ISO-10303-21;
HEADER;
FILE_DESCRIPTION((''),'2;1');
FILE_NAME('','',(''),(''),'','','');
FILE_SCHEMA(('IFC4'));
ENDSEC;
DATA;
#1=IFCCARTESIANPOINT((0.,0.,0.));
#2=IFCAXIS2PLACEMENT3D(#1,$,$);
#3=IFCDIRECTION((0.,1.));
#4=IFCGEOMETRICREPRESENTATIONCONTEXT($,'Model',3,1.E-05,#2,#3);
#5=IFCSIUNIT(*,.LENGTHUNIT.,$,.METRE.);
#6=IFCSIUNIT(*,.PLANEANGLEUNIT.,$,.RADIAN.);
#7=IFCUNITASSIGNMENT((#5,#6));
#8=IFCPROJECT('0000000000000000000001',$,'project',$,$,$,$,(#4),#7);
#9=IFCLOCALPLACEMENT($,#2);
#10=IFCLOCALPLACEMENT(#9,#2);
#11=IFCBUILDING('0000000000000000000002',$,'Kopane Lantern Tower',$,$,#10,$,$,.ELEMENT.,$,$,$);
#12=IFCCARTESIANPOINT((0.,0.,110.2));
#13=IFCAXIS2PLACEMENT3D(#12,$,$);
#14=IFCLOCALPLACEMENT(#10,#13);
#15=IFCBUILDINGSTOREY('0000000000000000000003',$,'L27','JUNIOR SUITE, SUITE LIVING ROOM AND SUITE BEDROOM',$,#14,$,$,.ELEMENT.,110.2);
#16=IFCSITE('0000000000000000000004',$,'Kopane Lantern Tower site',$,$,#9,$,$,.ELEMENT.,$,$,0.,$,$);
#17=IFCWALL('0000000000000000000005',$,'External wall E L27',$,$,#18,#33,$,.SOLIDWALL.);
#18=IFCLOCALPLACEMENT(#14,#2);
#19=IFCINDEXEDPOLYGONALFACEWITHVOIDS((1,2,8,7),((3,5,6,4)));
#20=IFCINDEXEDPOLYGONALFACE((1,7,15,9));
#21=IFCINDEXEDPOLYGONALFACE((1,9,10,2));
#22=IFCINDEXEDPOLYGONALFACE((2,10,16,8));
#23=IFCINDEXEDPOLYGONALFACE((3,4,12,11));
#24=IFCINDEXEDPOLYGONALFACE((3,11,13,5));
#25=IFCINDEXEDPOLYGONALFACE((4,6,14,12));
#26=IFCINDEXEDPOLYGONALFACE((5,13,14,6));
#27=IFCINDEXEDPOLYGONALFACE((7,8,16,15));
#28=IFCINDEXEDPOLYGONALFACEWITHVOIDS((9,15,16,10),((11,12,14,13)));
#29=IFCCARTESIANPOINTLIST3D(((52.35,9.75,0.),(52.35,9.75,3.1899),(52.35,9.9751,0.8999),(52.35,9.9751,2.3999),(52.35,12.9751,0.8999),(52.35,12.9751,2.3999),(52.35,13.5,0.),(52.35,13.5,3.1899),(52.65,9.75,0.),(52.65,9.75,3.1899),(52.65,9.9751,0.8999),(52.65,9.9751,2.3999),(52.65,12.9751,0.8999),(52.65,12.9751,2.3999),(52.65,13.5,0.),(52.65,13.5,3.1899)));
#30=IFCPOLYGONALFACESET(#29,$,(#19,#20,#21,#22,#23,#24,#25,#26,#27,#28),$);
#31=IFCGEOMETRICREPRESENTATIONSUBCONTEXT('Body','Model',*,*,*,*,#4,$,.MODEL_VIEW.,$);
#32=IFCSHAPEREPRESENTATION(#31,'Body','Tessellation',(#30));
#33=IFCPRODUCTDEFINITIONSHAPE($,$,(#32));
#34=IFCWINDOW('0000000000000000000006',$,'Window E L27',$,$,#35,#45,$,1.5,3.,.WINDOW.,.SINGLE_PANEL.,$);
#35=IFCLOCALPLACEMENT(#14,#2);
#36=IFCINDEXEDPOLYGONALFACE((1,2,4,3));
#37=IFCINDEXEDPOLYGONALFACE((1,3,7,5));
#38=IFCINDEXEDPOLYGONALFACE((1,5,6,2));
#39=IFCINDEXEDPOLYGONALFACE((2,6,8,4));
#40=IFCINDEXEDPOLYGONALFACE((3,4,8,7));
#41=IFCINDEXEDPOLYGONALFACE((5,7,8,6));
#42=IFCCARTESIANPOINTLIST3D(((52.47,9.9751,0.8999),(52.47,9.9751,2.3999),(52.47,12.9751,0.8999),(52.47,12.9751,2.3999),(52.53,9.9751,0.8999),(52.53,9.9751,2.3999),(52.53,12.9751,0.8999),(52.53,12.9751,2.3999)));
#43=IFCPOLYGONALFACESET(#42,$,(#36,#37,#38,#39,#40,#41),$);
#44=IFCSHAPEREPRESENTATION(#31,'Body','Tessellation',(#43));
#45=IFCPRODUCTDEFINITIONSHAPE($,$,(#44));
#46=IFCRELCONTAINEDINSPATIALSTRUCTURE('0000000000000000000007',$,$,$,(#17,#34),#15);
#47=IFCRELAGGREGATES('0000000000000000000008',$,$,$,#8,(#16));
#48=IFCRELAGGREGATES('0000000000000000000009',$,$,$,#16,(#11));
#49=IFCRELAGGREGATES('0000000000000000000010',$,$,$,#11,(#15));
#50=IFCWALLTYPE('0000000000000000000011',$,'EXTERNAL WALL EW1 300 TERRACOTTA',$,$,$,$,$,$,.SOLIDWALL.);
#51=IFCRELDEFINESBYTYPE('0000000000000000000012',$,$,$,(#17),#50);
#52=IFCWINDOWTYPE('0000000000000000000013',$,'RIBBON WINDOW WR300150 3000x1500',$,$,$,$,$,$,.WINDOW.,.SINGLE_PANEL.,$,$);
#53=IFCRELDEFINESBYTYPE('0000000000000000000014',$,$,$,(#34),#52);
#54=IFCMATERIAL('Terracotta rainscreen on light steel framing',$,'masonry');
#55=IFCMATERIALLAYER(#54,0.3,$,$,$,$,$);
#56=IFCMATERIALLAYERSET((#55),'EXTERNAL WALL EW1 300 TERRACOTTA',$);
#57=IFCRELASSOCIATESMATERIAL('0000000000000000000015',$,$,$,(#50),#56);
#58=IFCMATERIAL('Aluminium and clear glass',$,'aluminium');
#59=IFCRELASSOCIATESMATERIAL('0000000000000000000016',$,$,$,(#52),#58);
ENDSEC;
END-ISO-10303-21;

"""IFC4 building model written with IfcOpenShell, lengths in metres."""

from ifc_helpers import new_model, si_unit, direction, frame, frame_2d, origin, place, context, subcontext, project, spatial, rectangle, extrude, material, layer, layer_set, type_object, element, fill, save


model = new_model("IFC4")

# Units and contexts
model_context = context("Model", 3, precision=1e-05, world=origin(), true_north=direction((0.0, 1.0)))
body_context = subcontext(model_context, "Body", "Model", "MODEL_VIEW")
ifc_project = project(units=[si_unit("LENGTHUNIT", "METRE"), si_unit("PLANEANGLEUNIT", "RADIAN")], contexts=[model_context])

# Site, building, storey
site_placement = place(None, origin())
site = spatial("IfcSite", under=ifc_project, at=site_placement, Name="Kopane Lantern Tower site", CompositionType="ELEMENT", RefElevation=0.0)
building_placement = place(site_placement, origin())
building = spatial("IfcBuilding", under=site, at=building_placement, Name="Kopane Lantern Tower", CompositionType="ELEMENT")
storey_placement = place(building_placement, frame((0.0, 0.0, 110.2)))
storey = spatial("IfcBuildingStorey", under=building, at=storey_placement, Name="L27", Description="JUNIOR SUITE, SUITE LIVING ROOM AND SUITE BEDROOM", CompositionType="ELEMENT", Elevation=110.2)

# Wall, opening, window
ifc_material_1 = material(Name="Terracotta rainscreen on light steel framing", Category="masonry")
ifc_layer_1 = layer(ifc_material_1, 0.3)
ifc_layer_set_1 = layer_set([ifc_layer_1], Name="EXTERNAL WALL EW1 300 TERRACOTTA")
wall_type_1 = type_object("IfcWallType", Name="EXTERNAL WALL EW1 300 TERRACOTTA", PredefinedType="SOLIDWALL", material=ifc_layer_set_1)
ifc_material_2 = material(Name="Aluminium and clear glass", Category="aluminium")
window_type = type_object("IfcWindowType", Name="RIBBON WINDOW WR300150 3000x1500", PartitioningType="SINGLE_PANEL", PredefinedType="WINDOW", material=ifc_material_2)
wall_1_placement = place(storey_placement, frame((52.5, 9.75, 0.0), z_axis=(0.0, 0.0, 1.0), x_axis=(0.0, 1.0, 0.0)))
wall_1 = element("IfcWall", 1, at=wall_1_placement, inside=storey, type_object=wall_type_1, Name="External wall E L27", PredefinedType="SOLIDWALL", context=body_context, shape_type="SweptSolid", body=[
    extrude(rectangle(XDim=3.75, YDim=0.3, at=frame_2d((1.875, 0.0))), origin(), (0.0, 0.0, 1.0), 3.1899),
])
opening_1_placement = place(wall_1_placement, frame((0.2251, 0.0, 0.8999)))
opening_1 = element("IfcOpeningElement", 2, at=opening_1_placement, cuts=wall_1, PredefinedType="OPENING", context=body_context, shape_type="SweptSolid", body=[
    extrude(rectangle(XDim=3.0, YDim=1.5, at=frame_2d((1.5, 0.75))), frame((0.0, 0.1599, 0.0), z_axis=(0.0, -1.0, 0.0), x_axis=(1.0, 0.0, 0.0)), (0.0, 0.0, 1.0), 0.3201),
])
window_1_placement = place(opening_1_placement, origin())
window_1 = element("IfcWindow", 3, at=window_1_placement, inside=storey, type_object=window_type, Name="Window E L27", OverallHeight=1.5, OverallWidth=3.0, PartitioningType="SINGLE_PANEL", PredefinedType="WINDOW", context=body_context, shape_type="SweptSolid", body=[
    extrude(rectangle(XDim=3.0, YDim=1.5, at=frame_2d((1.5, 0.75))), frame((0.0, 0.03, 0.0), z_axis=(0.0, -1.0, 0.0), x_axis=(1.0, 0.0, 0.0)), (0.0, 0.0, 1.0), 0.0601),
])
fill(opening_1, window_1)

save(model, "model.ifc")
